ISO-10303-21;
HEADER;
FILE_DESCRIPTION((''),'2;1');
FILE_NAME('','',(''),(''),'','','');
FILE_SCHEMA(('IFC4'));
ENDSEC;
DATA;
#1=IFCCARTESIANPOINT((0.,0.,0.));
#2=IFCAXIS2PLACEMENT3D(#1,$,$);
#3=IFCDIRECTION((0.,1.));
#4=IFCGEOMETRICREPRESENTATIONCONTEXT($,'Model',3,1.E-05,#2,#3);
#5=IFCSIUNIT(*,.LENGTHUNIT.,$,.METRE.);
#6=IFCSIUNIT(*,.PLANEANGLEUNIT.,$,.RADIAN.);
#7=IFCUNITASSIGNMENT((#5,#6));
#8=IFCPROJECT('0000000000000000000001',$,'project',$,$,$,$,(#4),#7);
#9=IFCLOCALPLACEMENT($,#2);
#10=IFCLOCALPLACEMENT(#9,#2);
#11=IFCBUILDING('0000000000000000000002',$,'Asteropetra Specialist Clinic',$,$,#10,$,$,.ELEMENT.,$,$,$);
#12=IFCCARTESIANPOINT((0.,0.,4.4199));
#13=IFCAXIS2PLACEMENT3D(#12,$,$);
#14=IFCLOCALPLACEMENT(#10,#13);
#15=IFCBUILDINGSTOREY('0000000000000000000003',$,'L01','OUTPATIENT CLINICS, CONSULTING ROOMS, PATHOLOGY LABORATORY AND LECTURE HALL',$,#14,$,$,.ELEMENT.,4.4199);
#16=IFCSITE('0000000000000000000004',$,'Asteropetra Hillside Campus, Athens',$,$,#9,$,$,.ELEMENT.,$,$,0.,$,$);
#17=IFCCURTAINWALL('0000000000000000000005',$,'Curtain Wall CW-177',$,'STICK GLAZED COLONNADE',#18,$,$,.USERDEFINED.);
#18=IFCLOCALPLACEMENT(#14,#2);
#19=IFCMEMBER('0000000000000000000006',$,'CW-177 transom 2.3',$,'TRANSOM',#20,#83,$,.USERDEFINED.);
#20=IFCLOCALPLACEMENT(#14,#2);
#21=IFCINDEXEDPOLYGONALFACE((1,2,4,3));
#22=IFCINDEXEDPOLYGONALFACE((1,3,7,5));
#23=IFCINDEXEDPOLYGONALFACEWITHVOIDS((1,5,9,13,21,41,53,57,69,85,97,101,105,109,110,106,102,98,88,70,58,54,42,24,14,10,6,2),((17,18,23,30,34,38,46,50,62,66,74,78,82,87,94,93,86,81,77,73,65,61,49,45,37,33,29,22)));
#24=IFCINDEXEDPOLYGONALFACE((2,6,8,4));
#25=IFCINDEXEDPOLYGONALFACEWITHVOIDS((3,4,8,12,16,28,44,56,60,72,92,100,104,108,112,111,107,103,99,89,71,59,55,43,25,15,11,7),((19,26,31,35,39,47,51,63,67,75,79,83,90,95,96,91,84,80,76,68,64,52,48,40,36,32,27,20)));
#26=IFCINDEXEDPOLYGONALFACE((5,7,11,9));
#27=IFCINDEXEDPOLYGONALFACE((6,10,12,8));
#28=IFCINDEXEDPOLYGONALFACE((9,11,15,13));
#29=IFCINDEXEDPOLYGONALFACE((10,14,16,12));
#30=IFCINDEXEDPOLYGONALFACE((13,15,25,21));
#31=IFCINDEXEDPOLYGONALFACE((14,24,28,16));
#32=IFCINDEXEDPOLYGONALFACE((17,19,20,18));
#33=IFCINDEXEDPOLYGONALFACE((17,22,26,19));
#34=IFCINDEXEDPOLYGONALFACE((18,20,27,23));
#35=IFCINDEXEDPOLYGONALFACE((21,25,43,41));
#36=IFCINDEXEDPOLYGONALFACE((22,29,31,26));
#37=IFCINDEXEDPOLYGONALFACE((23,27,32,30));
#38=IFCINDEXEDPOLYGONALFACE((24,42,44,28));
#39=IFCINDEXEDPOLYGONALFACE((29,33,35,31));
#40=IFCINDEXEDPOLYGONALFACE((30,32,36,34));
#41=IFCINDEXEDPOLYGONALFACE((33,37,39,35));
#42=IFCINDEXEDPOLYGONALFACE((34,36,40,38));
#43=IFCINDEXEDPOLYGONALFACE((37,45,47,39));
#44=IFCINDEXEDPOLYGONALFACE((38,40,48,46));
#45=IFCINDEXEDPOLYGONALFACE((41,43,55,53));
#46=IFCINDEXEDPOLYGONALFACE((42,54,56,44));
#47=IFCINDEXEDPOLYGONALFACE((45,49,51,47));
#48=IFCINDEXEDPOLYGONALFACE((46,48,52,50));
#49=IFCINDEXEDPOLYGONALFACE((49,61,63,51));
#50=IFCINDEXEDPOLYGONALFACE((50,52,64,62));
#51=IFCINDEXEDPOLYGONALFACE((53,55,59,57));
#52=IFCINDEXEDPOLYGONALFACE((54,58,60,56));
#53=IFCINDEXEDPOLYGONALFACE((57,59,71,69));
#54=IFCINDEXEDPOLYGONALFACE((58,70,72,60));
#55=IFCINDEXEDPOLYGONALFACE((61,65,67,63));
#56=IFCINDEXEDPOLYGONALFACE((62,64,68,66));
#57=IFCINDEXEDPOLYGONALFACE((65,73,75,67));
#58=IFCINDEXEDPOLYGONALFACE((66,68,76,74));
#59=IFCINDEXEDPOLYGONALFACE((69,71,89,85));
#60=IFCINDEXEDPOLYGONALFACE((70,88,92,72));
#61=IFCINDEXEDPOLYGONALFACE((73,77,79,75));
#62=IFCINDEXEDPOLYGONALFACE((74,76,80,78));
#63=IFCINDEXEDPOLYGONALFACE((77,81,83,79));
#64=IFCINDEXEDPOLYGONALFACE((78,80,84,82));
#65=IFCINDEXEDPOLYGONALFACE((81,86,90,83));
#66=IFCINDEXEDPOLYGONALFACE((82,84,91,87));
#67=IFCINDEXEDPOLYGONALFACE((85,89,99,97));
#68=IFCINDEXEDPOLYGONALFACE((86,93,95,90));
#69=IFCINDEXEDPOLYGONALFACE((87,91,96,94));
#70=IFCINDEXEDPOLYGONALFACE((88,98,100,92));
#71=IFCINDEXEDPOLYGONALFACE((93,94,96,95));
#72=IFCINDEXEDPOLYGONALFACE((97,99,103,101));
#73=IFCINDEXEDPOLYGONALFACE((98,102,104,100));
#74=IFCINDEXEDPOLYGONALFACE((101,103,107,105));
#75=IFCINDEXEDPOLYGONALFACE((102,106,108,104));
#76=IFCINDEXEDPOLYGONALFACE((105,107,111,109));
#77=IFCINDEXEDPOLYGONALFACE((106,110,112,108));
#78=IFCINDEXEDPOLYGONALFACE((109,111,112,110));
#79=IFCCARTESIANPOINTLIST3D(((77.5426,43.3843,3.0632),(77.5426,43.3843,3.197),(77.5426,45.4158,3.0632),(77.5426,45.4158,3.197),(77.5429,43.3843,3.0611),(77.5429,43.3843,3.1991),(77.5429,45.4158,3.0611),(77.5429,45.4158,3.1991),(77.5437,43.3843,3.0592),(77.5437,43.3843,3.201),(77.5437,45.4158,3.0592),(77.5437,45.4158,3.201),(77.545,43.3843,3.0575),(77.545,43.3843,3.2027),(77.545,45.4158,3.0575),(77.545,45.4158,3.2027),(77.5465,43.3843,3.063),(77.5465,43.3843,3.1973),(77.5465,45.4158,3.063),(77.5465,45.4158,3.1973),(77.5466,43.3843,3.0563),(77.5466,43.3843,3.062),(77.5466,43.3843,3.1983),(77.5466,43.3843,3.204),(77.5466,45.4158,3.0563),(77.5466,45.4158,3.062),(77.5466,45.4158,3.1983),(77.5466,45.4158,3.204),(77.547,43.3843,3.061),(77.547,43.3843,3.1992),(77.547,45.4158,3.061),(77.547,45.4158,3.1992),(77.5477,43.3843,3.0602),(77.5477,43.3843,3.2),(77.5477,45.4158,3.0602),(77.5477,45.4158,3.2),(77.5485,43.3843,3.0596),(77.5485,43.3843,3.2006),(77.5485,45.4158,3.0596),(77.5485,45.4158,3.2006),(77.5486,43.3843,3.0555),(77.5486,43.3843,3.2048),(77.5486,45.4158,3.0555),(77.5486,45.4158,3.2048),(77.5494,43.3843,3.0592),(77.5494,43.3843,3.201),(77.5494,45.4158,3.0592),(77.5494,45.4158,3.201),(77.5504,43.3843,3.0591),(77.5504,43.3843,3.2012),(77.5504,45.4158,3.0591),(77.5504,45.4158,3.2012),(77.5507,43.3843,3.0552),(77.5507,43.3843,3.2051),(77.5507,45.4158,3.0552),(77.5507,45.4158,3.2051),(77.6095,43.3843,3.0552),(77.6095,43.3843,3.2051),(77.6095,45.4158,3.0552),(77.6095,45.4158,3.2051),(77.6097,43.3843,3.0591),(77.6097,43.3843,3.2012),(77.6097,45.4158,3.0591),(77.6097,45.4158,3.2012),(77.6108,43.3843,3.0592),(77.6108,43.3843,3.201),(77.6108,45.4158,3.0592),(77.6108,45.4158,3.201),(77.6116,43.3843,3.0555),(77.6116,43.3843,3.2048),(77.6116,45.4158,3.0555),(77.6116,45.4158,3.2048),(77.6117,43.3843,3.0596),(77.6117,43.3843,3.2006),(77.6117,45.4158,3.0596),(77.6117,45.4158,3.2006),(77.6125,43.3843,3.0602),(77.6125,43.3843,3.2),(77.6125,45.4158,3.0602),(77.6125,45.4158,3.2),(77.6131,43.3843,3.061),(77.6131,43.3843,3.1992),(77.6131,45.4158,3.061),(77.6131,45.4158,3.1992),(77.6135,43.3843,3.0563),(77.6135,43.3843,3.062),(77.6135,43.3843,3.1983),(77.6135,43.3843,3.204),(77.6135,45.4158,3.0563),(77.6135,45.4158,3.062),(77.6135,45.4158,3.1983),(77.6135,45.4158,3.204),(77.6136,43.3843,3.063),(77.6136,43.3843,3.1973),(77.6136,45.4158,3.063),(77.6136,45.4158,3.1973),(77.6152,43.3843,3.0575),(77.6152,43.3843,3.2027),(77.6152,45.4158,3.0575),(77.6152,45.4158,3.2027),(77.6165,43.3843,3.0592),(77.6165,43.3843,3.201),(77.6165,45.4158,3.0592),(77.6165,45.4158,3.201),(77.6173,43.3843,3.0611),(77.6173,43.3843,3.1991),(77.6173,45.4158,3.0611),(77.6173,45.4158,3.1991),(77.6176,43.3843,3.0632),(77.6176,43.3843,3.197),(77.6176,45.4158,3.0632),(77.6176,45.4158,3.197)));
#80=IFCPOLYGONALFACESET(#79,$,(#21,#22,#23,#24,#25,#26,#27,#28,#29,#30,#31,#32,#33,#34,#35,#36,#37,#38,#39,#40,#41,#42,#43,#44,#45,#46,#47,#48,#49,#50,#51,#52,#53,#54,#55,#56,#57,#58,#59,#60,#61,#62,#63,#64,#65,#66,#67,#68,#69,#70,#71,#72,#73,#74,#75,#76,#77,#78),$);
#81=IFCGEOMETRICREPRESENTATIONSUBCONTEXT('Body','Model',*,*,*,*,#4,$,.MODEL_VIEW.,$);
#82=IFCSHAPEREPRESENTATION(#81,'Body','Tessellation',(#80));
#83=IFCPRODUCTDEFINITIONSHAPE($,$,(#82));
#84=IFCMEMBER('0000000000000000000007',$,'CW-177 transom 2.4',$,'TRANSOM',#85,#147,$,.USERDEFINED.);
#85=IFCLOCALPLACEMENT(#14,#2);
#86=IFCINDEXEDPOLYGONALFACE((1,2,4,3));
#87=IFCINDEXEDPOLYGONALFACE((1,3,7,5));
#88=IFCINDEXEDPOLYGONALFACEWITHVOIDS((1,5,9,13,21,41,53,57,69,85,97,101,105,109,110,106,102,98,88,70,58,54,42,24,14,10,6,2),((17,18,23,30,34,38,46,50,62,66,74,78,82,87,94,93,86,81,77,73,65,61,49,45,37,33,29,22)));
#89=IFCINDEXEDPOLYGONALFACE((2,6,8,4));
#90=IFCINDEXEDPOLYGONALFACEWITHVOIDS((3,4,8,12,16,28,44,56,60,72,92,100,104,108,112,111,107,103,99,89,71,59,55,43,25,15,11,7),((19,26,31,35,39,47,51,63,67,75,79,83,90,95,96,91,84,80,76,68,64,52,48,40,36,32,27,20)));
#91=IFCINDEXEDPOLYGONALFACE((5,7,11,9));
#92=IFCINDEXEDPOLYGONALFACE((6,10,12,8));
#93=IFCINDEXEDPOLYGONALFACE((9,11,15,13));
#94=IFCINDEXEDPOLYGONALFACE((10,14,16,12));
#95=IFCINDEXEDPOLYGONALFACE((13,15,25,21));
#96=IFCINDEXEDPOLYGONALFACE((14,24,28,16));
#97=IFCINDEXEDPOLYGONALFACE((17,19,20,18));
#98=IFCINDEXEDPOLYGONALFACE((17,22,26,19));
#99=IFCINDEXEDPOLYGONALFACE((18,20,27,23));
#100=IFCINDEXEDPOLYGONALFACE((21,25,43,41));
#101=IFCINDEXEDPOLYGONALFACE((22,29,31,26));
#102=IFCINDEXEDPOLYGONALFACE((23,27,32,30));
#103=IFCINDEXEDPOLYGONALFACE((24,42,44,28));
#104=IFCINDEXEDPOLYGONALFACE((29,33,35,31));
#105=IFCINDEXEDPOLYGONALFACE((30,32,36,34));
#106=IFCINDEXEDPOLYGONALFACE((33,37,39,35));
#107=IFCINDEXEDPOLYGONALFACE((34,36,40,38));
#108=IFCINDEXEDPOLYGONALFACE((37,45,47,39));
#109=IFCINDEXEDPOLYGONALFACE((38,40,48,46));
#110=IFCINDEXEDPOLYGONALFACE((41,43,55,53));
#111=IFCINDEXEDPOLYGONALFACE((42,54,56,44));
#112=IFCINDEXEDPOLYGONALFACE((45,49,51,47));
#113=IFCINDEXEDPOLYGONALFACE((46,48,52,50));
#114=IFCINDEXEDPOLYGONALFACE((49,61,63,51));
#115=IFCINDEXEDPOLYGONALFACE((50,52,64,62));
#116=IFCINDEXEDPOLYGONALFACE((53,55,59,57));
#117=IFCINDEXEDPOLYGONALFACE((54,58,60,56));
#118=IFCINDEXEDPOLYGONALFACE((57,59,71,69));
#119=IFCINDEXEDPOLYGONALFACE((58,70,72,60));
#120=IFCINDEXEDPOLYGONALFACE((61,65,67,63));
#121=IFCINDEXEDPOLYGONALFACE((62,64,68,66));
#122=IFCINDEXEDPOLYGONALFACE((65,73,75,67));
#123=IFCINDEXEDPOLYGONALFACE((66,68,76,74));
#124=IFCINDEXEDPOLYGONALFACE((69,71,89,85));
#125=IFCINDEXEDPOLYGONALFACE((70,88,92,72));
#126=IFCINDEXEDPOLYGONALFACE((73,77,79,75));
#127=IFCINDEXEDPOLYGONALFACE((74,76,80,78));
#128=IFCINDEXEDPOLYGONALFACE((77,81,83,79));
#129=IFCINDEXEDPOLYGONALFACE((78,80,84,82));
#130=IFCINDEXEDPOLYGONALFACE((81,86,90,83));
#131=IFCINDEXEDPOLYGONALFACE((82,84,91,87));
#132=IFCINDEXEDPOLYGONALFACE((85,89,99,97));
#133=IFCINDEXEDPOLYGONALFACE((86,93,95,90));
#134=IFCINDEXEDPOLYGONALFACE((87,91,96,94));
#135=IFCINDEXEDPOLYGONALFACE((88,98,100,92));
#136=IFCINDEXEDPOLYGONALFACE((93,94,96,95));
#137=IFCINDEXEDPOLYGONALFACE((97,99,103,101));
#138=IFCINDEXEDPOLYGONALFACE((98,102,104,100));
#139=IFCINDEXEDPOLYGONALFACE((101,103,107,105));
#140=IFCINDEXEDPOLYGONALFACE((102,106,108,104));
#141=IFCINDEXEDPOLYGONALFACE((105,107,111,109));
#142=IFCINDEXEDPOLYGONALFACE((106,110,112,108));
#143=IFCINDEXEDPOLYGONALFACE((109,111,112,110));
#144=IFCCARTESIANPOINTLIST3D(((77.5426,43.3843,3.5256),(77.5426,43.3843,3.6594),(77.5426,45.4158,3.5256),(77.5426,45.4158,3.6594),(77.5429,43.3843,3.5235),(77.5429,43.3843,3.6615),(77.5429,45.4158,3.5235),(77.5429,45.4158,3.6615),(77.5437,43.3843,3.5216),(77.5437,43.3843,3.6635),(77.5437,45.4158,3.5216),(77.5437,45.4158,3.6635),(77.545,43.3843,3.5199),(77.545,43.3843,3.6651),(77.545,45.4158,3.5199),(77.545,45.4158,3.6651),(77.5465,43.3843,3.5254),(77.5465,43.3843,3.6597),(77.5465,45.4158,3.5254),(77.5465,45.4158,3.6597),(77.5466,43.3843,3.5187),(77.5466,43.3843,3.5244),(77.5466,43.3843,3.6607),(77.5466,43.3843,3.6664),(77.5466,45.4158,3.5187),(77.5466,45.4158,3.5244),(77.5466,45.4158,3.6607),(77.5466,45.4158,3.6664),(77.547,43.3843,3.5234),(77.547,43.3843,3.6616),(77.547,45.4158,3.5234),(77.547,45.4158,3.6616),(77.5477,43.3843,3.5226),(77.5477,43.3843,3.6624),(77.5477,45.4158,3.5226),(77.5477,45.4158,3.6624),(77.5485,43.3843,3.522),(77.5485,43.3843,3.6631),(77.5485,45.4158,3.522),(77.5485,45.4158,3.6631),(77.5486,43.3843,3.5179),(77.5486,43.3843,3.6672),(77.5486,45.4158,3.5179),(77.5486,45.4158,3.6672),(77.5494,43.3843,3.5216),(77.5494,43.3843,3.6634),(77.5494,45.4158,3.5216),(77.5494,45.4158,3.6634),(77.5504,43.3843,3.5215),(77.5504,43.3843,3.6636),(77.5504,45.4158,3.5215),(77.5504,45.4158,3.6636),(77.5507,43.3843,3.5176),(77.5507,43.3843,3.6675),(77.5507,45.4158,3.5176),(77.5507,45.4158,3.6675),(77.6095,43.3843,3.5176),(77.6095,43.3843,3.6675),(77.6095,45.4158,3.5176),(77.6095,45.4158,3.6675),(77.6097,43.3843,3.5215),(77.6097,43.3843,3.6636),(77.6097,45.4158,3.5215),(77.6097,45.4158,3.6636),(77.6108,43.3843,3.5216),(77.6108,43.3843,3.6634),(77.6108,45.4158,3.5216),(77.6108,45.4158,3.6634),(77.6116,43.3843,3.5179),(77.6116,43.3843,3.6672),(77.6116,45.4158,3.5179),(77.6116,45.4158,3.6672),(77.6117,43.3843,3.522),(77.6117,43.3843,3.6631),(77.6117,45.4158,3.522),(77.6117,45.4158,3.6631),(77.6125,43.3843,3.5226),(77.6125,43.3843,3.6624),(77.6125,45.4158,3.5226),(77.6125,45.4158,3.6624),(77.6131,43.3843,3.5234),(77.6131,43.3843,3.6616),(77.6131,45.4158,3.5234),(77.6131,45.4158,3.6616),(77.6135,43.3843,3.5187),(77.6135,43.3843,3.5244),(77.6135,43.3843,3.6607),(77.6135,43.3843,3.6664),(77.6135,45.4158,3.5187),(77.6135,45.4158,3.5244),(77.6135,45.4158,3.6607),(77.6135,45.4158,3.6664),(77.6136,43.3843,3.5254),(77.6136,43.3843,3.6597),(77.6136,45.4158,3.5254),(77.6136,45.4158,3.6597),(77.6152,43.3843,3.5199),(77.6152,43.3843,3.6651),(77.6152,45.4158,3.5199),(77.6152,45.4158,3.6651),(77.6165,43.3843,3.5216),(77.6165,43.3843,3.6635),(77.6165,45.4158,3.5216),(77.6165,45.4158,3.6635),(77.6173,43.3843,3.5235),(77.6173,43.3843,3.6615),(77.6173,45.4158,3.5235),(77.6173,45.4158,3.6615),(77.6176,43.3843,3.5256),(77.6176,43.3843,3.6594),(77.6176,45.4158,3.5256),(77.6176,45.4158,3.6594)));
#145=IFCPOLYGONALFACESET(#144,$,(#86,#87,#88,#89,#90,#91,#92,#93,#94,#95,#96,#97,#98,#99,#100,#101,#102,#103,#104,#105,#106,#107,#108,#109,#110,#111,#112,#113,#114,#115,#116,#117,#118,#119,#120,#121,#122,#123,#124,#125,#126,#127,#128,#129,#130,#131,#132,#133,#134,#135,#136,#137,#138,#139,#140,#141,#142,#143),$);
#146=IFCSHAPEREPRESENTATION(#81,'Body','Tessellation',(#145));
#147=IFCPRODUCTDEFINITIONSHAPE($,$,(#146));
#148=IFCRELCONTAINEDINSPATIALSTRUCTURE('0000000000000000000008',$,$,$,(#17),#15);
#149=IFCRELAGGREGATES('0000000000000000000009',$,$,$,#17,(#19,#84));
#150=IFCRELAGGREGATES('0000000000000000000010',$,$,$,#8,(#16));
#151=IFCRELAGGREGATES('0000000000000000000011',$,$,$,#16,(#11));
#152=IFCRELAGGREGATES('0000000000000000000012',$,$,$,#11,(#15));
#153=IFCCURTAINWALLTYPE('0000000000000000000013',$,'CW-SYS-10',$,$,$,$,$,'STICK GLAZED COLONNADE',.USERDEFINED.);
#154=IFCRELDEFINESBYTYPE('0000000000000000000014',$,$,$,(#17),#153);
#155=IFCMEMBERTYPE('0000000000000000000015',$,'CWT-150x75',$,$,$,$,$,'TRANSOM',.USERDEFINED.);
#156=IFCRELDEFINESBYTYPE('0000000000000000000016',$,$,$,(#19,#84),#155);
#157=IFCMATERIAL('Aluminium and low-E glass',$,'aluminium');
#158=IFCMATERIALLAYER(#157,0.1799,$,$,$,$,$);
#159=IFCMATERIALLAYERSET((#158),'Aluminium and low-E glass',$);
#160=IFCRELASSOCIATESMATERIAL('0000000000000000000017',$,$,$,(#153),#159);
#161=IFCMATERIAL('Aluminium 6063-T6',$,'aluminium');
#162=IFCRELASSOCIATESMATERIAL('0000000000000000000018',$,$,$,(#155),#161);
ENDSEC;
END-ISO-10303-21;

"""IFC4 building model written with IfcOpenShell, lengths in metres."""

from ifc_helpers import new_model, si_unit, direction, frame, origin, origin_2d, place, context, subcontext, project, spatial, hollow_rectangle, extrude, material, layer, layer_set, material_profile, profile_set, type_object, element, aggregate, save


model = new_model("IFC4")

# Units and contexts
model_context = context("Model", 3, precision=1e-05, world=origin(), true_north=direction((0.0, 1.0)))
body_context = subcontext(model_context, "Body", "Model", "MODEL_VIEW")
ifc_project = project(units=[si_unit("LENGTHUNIT", "METRE"), si_unit("PLANEANGLEUNIT", "RADIAN")], contexts=[model_context])

# Site, building, storey
site_placement = place(None, origin())
site = spatial("IfcSite", under=ifc_project, at=site_placement, Name="Asteropetra Hillside Campus, Athens", CompositionType="ELEMENT", RefElevation=0.0)
building_placement = place(site_placement, origin())
building = spatial("IfcBuilding", under=site, at=building_placement, Name="Asteropetra Specialist Clinic", CompositionType="ELEMENT")
storey_placement = place(building_placement, frame((0.0, 0.0, 4.4199)))
storey = spatial("IfcBuildingStorey", under=building, at=storey_placement, Name="L01", Description="OUTPATIENT CLINICS, CONSULTING ROOMS, PATHOLOGY LABORATORY AND LECTURE HALL", CompositionType="ELEMENT", Elevation=4.4199)

# Curtain wall, members
ifc_material_1 = material(Name="Aluminium and low-E glass", Category="aluminium")
ifc_layer_1 = layer(ifc_material_1, 0.1799)
ifc_layer_set_1 = layer_set([ifc_layer_1], Name="Aluminium and low-E glass")
curtain_wall_type = type_object("IfcCurtainWallType", Name="CW-SYS-10", ElementType="STICK GLAZED COLONNADE", PredefinedType="USERDEFINED", material=ifc_layer_set_1)
curtain_wall_placement = place(storey_placement, origin())
curtain_wall = element("IfcCurtainWall", 1, at=curtain_wall_placement, inside=storey, type_object=curtain_wall_type, Name="Curtain Wall CW-177", ObjectType="STICK GLAZED COLONNADE", PredefinedType="USERDEFINED")
ifc_material_2 = material(Name="Aluminium 6063-T6", Category="aluminium")
ifc_material_profile_1 = material_profile(ifc_material_2, hollow_rectangle(XDim=0.075, YDim=0.1499, WallThickness=0.0039, InnerFilletRadius=0.0039, OuterFilletRadius=0.0081, at=origin_2d()), Name="TRN 150x75x4.0")
ifc_profile_set_1 = profile_set([ifc_material_profile_1], Name="Aluminium 6063-T6")
member_type_1 = type_object("IfcMemberType", Name="CWT-150x75", ElementType="TRANSOM", PredefinedType="USERDEFINED", material=ifc_profile_set_1)
member_1_placement = place(storey_placement, frame((77.5801, 45.4158, 3.1301), z_axis=(0.0, -1.0, 0.0), x_axis=(1.0, 0.0, 0.0)))
member_1 = element("IfcMember", 2, at=member_1_placement, type_object=member_type_1, Name="CW-177 transom 2.3", ObjectType="TRANSOM", PredefinedType="USERDEFINED", context=body_context, shape_type="SweptSolid", body=[
    extrude(hollow_rectangle(XDim=0.075, YDim=0.1499, WallThickness=0.0039, InnerFilletRadius=0.0039, OuterFilletRadius=0.0081, at=origin_2d()), origin(), (0.0, 0.0, 1.0), 2.0315),
])
member_2_placement = place(storey_placement, frame((77.5801, 45.4158, 3.5925), z_axis=(0.0, -1.0, 0.0), x_axis=(1.0, 0.0, 0.0)))
member_2 = element("IfcMember", 3, at=member_2_placement, type_object=member_type_1, Name="CW-177 transom 2.4", ObjectType="TRANSOM", PredefinedType="USERDEFINED", context=body_context, shape_type="SweptSolid", body=[
    extrude(hollow_rectangle(XDim=0.075, YDim=0.1499, WallThickness=0.0039, InnerFilletRadius=0.0039, OuterFilletRadius=0.0081, at=origin_2d()), origin(), (0.0, 0.0, 1.0), 2.0315),
])

aggregate(curtain_wall, [member_1, member_2])

save(model, "model.ifc")
